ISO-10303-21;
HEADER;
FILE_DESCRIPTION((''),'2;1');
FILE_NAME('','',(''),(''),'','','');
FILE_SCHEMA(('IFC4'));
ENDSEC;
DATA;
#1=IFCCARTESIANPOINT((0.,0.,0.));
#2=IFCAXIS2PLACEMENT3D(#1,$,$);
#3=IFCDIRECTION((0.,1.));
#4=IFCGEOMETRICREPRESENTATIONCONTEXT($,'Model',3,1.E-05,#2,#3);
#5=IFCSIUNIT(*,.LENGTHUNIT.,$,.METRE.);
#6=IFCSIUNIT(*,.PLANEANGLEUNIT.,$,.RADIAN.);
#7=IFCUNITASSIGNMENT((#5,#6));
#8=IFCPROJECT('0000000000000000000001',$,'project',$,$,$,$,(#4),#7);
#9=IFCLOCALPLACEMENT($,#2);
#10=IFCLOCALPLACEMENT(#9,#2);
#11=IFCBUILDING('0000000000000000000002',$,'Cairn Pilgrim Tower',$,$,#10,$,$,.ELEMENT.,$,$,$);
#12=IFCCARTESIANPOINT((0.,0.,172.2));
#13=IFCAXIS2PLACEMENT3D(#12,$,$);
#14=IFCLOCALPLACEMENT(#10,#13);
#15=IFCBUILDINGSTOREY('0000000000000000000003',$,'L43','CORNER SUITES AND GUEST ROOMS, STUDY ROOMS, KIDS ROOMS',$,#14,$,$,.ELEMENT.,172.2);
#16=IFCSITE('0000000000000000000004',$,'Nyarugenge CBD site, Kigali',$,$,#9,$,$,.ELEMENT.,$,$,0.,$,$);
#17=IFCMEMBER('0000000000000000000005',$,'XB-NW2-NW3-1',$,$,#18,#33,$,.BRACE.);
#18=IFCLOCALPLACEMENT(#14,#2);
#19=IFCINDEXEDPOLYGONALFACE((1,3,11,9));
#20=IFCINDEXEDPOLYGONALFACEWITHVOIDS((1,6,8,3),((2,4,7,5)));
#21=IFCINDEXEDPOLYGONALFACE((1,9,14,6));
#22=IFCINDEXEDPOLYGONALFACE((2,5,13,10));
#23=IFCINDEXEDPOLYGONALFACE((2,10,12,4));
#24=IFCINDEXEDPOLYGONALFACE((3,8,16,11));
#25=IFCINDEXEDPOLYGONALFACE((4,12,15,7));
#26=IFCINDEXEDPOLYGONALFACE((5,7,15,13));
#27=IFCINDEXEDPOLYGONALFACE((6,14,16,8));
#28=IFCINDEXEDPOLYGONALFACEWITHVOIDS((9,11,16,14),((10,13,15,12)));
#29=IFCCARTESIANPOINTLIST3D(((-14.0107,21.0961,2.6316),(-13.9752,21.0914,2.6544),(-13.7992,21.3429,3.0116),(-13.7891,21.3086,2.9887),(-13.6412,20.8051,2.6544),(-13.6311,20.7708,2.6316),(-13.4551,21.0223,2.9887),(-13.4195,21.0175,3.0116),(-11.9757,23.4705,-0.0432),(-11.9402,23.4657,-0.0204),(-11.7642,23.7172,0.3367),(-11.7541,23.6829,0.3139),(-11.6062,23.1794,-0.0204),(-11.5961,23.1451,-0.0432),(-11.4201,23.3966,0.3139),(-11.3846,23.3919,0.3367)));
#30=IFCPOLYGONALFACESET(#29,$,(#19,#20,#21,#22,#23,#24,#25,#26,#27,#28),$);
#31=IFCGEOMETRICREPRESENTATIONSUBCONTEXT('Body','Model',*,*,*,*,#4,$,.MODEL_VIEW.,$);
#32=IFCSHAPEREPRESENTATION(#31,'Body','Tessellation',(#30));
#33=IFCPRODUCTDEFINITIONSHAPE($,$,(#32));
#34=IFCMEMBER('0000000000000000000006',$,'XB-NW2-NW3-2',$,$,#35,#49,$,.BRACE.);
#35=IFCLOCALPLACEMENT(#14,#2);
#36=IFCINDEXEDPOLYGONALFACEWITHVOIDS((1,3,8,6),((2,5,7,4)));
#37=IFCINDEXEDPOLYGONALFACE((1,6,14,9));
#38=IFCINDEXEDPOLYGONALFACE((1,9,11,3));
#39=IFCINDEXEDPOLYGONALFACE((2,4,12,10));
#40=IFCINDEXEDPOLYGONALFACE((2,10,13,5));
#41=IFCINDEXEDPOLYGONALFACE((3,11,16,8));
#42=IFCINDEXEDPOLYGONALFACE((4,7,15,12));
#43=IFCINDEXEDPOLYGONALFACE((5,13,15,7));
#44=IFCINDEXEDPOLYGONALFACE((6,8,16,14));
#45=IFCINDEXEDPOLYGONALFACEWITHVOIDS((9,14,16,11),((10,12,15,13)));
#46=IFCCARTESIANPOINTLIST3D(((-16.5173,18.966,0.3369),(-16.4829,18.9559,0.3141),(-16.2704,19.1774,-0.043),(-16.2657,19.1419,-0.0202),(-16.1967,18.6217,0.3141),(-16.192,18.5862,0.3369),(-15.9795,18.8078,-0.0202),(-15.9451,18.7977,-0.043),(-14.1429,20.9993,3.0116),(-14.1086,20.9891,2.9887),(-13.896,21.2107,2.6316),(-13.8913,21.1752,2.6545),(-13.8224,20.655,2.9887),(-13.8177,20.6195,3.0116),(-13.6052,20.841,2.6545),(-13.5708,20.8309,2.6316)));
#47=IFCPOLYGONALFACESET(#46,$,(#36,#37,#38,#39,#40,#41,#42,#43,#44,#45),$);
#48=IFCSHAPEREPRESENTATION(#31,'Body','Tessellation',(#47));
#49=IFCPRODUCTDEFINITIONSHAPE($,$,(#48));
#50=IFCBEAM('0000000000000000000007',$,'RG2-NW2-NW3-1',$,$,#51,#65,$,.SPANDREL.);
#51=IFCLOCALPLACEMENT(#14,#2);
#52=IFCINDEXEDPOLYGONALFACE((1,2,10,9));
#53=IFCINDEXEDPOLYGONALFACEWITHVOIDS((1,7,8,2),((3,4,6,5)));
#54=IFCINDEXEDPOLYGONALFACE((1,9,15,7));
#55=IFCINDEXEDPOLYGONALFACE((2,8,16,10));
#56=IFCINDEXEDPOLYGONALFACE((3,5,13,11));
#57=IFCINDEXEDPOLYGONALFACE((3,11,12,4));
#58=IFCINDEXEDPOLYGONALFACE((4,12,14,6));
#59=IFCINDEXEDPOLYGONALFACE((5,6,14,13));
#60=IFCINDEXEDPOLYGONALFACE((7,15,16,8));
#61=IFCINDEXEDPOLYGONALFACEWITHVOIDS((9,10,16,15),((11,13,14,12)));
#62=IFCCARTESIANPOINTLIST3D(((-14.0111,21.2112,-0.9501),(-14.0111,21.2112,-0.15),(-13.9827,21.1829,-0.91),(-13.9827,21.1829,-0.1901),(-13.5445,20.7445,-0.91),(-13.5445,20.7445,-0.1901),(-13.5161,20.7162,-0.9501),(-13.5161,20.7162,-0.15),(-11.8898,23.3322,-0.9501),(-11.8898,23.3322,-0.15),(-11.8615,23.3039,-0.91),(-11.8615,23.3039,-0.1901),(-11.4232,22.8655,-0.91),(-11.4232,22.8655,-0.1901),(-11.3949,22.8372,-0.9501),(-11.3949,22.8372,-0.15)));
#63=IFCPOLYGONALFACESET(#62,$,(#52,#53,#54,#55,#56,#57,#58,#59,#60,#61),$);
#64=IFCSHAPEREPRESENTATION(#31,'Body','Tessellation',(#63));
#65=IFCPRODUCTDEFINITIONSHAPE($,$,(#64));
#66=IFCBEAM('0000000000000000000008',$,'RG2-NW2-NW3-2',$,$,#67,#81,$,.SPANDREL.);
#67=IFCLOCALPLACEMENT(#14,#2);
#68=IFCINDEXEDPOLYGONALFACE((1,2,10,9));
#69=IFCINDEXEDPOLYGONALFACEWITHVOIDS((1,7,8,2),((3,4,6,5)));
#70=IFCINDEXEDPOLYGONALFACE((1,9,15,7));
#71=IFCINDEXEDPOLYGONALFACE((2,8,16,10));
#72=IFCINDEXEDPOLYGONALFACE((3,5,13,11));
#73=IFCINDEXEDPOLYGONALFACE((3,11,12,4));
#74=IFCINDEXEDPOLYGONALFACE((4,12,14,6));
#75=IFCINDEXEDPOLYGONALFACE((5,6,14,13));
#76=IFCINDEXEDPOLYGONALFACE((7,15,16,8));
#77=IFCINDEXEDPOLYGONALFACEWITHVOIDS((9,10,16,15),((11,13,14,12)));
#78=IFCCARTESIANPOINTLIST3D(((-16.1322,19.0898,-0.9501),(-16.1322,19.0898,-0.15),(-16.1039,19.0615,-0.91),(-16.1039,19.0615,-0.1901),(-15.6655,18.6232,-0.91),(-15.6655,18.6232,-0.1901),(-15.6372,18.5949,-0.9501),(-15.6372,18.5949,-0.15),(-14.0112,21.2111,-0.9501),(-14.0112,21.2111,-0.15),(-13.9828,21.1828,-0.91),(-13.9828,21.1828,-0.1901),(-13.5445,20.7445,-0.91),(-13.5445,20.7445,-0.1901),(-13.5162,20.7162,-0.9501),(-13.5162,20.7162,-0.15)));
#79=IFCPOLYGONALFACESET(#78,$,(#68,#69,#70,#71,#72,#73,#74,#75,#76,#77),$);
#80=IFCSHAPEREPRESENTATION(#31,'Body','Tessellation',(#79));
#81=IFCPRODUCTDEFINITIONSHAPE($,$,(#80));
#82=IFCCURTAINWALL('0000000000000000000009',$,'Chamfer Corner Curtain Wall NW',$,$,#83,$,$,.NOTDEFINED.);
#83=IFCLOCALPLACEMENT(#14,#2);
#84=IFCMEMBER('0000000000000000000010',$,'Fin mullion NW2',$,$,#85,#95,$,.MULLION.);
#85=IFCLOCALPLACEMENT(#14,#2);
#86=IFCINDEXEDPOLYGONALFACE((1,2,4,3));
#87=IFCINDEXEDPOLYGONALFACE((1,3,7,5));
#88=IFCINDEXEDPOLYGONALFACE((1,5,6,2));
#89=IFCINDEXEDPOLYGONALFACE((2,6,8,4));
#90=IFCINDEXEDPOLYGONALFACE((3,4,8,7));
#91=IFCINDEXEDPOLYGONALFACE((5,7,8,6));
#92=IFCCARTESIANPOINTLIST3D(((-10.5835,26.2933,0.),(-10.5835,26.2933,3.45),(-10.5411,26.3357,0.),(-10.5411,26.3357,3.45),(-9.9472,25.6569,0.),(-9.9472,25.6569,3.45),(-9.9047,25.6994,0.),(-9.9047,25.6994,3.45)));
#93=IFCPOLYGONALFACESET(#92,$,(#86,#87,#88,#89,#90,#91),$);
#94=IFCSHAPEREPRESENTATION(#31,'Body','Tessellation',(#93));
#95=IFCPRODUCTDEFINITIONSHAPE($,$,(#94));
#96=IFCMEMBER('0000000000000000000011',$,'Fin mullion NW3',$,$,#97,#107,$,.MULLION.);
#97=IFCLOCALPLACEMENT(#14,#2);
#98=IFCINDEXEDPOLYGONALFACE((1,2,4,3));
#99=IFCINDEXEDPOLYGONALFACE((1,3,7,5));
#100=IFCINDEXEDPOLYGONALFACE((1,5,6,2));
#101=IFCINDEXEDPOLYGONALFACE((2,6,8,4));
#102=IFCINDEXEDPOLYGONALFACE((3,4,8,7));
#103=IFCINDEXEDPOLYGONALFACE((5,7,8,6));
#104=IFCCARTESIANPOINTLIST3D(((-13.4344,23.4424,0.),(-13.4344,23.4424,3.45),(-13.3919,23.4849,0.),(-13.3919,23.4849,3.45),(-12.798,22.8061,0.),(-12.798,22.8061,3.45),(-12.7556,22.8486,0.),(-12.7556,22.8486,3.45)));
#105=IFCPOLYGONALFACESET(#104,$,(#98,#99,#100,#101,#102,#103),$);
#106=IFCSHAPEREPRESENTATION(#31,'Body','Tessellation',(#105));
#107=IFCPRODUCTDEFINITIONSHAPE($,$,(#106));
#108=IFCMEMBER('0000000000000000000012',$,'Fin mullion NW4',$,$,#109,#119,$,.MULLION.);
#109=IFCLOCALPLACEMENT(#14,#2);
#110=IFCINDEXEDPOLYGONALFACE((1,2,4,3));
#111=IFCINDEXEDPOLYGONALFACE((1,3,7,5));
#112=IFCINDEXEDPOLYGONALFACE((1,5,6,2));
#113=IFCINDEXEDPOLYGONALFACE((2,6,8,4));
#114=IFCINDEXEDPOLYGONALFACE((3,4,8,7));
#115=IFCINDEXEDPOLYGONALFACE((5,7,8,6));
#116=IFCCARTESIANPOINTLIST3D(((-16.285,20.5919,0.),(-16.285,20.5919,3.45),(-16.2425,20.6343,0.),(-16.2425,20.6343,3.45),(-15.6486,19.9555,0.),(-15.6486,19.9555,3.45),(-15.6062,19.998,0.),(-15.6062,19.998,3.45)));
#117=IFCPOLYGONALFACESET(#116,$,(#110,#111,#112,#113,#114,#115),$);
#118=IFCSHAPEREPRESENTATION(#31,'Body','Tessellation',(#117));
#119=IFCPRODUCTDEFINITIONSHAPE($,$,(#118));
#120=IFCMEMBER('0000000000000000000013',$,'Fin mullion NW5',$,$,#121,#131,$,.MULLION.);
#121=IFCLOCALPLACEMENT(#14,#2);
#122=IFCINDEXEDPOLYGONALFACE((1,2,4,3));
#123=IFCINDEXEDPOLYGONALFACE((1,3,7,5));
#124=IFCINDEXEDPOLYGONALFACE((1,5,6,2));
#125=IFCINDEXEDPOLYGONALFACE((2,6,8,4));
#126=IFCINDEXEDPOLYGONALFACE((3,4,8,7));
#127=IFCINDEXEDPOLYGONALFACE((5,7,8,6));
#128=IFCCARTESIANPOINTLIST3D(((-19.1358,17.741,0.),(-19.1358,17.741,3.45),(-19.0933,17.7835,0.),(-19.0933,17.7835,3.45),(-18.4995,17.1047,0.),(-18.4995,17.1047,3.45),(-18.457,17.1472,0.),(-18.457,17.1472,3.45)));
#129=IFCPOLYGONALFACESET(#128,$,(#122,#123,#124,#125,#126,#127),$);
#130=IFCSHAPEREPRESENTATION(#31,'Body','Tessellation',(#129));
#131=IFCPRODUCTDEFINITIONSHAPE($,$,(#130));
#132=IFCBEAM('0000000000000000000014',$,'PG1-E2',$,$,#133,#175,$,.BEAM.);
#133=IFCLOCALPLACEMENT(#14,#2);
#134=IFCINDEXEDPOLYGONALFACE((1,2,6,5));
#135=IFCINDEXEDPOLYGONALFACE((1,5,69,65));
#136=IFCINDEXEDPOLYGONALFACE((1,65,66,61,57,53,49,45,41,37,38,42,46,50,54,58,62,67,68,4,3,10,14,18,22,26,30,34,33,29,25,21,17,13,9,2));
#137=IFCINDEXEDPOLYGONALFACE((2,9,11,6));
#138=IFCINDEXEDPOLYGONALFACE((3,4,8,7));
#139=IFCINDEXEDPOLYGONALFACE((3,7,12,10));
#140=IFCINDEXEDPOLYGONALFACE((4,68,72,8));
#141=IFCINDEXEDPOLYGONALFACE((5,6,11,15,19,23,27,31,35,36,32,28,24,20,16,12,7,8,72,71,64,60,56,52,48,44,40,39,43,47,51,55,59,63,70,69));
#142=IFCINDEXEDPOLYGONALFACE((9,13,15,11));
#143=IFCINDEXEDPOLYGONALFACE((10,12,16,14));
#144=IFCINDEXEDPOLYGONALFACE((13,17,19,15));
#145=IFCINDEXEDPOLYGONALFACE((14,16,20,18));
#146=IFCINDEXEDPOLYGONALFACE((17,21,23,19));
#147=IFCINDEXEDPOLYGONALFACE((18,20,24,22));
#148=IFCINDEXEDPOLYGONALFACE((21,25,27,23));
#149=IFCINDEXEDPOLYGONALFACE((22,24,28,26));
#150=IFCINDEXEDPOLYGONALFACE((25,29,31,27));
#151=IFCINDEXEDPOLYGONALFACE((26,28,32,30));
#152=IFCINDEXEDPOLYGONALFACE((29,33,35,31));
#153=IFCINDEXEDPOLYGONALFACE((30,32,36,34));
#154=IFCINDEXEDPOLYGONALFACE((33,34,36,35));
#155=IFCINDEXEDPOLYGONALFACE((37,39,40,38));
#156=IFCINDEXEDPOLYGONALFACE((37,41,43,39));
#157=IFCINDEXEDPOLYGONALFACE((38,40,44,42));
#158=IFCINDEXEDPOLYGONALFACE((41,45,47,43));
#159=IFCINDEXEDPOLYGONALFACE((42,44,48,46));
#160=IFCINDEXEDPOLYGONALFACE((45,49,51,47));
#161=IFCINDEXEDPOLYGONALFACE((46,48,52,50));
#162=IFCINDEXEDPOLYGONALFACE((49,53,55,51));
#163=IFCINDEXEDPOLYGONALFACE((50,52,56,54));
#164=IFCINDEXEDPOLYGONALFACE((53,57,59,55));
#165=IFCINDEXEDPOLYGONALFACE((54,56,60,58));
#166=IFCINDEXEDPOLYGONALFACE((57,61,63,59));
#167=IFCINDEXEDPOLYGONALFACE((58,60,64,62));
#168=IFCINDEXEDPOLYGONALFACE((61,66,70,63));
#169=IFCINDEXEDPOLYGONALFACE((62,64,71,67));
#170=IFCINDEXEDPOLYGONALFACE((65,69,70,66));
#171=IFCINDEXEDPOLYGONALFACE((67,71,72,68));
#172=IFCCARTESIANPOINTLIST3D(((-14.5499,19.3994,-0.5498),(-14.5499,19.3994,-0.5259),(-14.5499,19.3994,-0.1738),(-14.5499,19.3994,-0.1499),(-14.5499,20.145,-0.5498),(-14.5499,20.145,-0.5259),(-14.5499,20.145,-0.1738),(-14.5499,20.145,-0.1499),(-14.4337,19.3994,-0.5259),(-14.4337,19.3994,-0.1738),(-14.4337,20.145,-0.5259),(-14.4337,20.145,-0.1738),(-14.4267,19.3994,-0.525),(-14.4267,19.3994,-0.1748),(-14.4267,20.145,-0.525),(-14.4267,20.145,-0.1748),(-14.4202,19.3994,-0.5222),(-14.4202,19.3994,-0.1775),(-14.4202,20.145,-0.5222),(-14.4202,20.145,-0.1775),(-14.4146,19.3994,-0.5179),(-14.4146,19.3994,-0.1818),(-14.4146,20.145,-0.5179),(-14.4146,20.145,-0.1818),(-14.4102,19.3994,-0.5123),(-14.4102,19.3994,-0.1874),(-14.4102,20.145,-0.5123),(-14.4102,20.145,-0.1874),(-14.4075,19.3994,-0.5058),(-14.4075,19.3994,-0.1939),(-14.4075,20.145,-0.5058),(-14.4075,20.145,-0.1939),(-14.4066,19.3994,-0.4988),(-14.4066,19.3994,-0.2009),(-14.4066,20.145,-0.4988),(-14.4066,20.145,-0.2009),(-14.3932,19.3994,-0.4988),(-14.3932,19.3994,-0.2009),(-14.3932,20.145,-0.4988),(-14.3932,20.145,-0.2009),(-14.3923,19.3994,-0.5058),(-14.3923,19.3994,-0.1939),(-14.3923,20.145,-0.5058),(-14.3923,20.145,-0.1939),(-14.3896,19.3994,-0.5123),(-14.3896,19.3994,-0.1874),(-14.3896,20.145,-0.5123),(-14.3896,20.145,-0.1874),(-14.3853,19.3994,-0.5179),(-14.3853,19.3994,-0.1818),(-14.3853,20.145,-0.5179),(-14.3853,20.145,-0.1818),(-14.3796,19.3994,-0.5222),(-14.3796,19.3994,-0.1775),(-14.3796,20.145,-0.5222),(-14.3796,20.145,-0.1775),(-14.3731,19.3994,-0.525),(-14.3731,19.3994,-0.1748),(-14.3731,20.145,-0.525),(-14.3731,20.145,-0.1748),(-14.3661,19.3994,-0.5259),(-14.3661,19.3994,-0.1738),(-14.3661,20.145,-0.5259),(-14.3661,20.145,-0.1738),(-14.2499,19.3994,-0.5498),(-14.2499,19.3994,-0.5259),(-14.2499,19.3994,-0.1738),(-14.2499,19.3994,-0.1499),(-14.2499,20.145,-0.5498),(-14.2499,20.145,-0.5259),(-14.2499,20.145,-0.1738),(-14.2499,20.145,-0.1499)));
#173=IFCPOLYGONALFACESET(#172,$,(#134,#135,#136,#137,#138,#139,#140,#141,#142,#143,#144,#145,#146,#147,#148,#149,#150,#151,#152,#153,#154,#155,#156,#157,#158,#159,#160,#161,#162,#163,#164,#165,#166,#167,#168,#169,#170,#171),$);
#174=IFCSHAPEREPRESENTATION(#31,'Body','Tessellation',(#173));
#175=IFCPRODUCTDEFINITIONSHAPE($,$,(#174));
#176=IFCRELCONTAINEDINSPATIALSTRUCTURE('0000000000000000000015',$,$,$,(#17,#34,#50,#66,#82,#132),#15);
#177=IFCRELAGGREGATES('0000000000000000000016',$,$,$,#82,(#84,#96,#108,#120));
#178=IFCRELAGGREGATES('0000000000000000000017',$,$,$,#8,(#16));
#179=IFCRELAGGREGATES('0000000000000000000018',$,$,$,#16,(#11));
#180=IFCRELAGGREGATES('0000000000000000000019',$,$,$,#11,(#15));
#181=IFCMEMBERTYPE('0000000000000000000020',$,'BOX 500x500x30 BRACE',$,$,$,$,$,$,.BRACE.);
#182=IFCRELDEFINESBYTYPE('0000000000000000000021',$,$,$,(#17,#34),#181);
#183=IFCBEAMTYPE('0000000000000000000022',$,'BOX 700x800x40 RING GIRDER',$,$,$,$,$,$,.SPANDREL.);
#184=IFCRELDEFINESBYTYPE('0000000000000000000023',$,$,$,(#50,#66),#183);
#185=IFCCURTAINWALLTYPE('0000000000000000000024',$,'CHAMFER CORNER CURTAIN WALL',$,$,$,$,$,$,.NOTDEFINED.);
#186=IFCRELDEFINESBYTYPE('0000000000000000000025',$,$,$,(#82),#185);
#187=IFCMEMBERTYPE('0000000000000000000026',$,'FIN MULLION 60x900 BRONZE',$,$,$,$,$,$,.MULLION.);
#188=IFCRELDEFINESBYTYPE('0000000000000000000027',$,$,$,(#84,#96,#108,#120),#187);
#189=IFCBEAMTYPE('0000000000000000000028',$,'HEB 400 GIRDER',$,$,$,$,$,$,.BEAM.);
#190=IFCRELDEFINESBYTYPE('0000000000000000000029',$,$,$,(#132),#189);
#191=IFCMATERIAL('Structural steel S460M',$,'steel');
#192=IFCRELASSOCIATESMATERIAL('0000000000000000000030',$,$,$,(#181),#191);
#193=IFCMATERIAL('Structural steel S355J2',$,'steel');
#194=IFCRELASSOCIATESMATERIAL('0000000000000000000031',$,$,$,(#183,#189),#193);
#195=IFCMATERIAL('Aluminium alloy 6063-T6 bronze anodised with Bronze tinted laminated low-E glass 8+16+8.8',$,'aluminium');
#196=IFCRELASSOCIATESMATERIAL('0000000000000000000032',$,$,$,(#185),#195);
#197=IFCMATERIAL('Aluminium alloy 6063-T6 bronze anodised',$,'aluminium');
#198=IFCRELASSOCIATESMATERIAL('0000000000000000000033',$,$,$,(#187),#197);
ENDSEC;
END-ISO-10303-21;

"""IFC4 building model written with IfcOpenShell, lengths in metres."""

from ifc_helpers import new_model, si_unit, direction, frame, origin, origin_2d, place, context, subcontext, project, spatial, rectangle, hollow_rectangle, i_section, extrude, material, material_profile, profile_set, type_object, element, aggregate, save


model = new_model("IFC4")

# Units and contexts
model_context = context("Model", 3, precision=1e-05, world=origin(), true_north=direction((0.0, 1.0)))
body_context = subcontext(model_context, "Body", "Model", "MODEL_VIEW")
ifc_project = project(units=[si_unit("LENGTHUNIT", "METRE"), si_unit("PLANEANGLEUNIT", "RADIAN")], contexts=[model_context])

# Site, building, storey
site_placement = place(None, origin())
site = spatial("IfcSite", under=ifc_project, at=site_placement, Name="Nyarugenge CBD site, Kigali", CompositionType="ELEMENT", RefElevation=0.0)
building_placement = place(site_placement, origin())
building = spatial("IfcBuilding", under=site, at=building_placement, Name="Cairn Pilgrim Tower", CompositionType="ELEMENT")
storey_placement = place(building_placement, frame((0.0, 0.0, 172.2)))
storey = spatial("IfcBuildingStorey", under=building, at=storey_placement, Name="L43", Description="CORNER SUITES AND GUEST ROOMS, STUDY ROOMS, KIDS ROOMS", CompositionType="ELEMENT", Elevation=172.2)

# Shared definitions
ifc_material_1 = material(Name="Structural steel S460M", Category="steel")

# Members
ifc_material_profile_1 = material_profile(ifc_material_1, hollow_rectangle(XDim=0.5, YDim=0.5, WallThickness=0.03, at=origin_2d()), Name="BOX 500x500x30")
ifc_profile_set_1 = profile_set([ifc_material_profile_1], Name="Structural steel S460M")
member_type_1 = type_object("IfcMemberType", Name="BOX 500x500x30 BRACE", PredefinedType="BRACE", material=ifc_profile_set_1)
member_1_placement = place(storey_placement, frame((-11.6802, 23.4312, 0.1467), z_axis=(-0.49452, -0.57699, 0.650025), x_axis=(0.759284, -0.650759, 0.0)))
element("IfcMember", 1, at=member_1_placement, inside=storey, type_object=member_type_1, Name="XB-NW2-NW3-1", PredefinedType="BRACE", context=body_context, shape_type="SweptSolid", body=[
    extrude(hollow_rectangle(XDim=0.5, YDim=0.5, WallThickness=0.03, at=origin_2d()), origin(), (0.0, 0.0, 1.0), 4.115),
])
member_2_placement = place(storey_placement, frame((-16.2312, 18.8818, 0.147), z_axis=(0.57713, 0.494225, 0.650125), x_axis=(-0.650444, 0.759554, 0.0)))
element("IfcMember", 2, at=member_2_placement, inside=storey, type_object=member_type_1, Name="XB-NW2-NW3-2", PredefinedType="BRACE", context=body_context, shape_type="SweptSolid", body=[
    extrude(hollow_rectangle(XDim=0.5, YDim=0.5, WallThickness=0.03, at=origin_2d()), origin(), (0.0, 0.0, 1.0), 4.114),
])

# Beams
ifc_material_2 = material(Name="Structural steel S355J2", Category="steel")
ifc_material_profile_2 = material_profile(ifc_material_2, hollow_rectangle(XDim=0.7, YDim=0.8, WallThickness=0.04, at=origin_2d()), Name="BOX 700x800x40")
ifc_profile_set_2 = profile_set([ifc_material_profile_2], Name="Structural steel S355J2")
beam_type_1 = type_object("IfcBeamType", Name="BOX 700x800x40 RING GIRDER", PredefinedType="SPANDREL", material=ifc_profile_set_2)
for number, where, z_axis, x_axis, name in (
    (3, (-11.6423, 23.0847, -0.55), (-0.707147, -0.707066, 0.0), (0.707066, -0.707147, 0.0), "RG2-NW2-NW3-1"),
    (4, (-13.7637, 20.9636, -0.55), (-0.707066, -0.707147, 0.0), (0.707147, -0.707066, 0.0), "RG2-NW2-NW3-2"),
):
    element("IfcBeam", number, at=place(storey_placement, frame(where, z_axis=z_axis, x_axis=x_axis)), inside=storey, type_object=beam_type_1, Name=name, PredefinedType="SPANDREL", context=body_context, shape_type="SweptSolid", body=[
        extrude(hollow_rectangle(XDim=0.7, YDim=0.8, WallThickness=0.04, at=origin_2d()), origin(), (0.0, 0.0, 1.0), 2.9998),
    ])

# Curtain wall, members
ifc_material_3 = material(Name="Aluminium alloy 6063-T6 bronze anodised with Bronze tinted laminated low-E glass 8+16+8.8", Category="aluminium")
curtain_wall_type = type_object("IfcCurtainWallType", Name="CHAMFER CORNER CURTAIN WALL", PredefinedType="NOTDEFINED", material=ifc_material_3)
curtain_wall_placement = place(storey_placement, origin())
curtain_wall = element("IfcCurtainWall", 5, at=curtain_wall_placement, inside=storey, type_object=curtain_wall_type, Name="Chamfer Corner Curtain Wall NW", PredefinedType="NOTDEFINED")
ifc_material_4 = material(Name="Aluminium alloy 6063-T6 bronze anodised", Category="aluminium")
ifc_material_profile_3 = material_profile(ifc_material_4, rectangle(XDim=0.8999, YDim=0.0601, at=origin_2d()), Name="FIN MULLION 60x900 BRONZE")
ifc_profile_set_3 = profile_set([ifc_material_profile_3], Name="Aluminium alloy 6063-T6 bronze anodised")
member_type_2 = type_object("IfcMemberType", Name="FIN MULLION 60x900 BRONZE", PredefinedType="MULLION", material=ifc_profile_set_3)
member_3_placement = place(storey_placement, frame((-10.2441, 25.9963, 0.0), z_axis=(0.0, 0.0, 1.0), x_axis=(-0.707107, 0.707107, 0.0)))
member_3 = element("IfcMember", 6, at=member_3_placement, type_object=member_type_2, Name="Fin mullion NW2", PredefinedType="MULLION", context=body_context, shape_type="SweptSolid", body=[
    extrude(rectangle(XDim=0.8999, YDim=0.0601, at=origin_2d()), origin(), (0.0, 0.0, 1.0), 3.45),
])
member_4_placement = place(storey_placement, frame((-13.095, 23.1455, 0.0), z_axis=(0.0, 0.0, 1.0), x_axis=(-0.707107, 0.707107, 0.0)))
member_4 = element("IfcMember", 7, at=member_4_placement, type_object=member_type_2, Name="Fin mullion NW3", PredefinedType="MULLION", context=body_context, shape_type="SweptSolid", body=[
    extrude(rectangle(XDim=0.8999, YDim=0.0601, at=origin_2d()), origin(), (0.0, 0.0, 1.0), 3.45),
])
member_5_placement = place(storey_placement, frame((-15.9456, 20.2949, 0.0), z_axis=(0.0, 0.0, 1.0), x_axis=(-0.707107, 0.707107, 0.0)))
member_5 = element("IfcMember", 8, at=member_5_placement, type_object=member_type_2, Name="Fin mullion NW4", PredefinedType="MULLION", context=body_context, shape_type="SweptSolid", body=[
    extrude(rectangle(XDim=0.8999, YDim=0.0601, at=origin_2d()), origin(), (0.0, 0.0, 1.0), 3.45),
])
member_6_placement = place(storey_placement, frame((-18.7964, 17.4441, 0.0), z_axis=(0.0, 0.0, 1.0), x_axis=(-0.707107, 0.707107, 0.0)))
member_6 = element("IfcMember", 9, at=member_6_placement, type_object=member_type_2, Name="Fin mullion NW5", PredefinedType="MULLION", context=body_context, shape_type="SweptSolid", body=[
    extrude(rectangle(XDim=0.8999, YDim=0.0601, at=origin_2d()), origin(), (0.0, 0.0, 1.0), 3.45),
])

# Beam
ifc_material_profile_4 = material_profile(ifc_material_2, i_section(OverallWidth=0.3, OverallDepth=0.3999, WebThickness=0.0134, FlangeThickness=0.0239, FilletRadius=0.0271, at=origin_2d()), Name="HEB 400")
ifc_profile_set_4 = profile_set([ifc_material_profile_4], Name="Structural steel S355J2")
beam_type_2 = type_object("IfcBeamType", Name="HEB 400 GIRDER", PredefinedType="BEAM", material=ifc_profile_set_4)
beam_1_placement = place(storey_placement, frame((-14.3999, 19.3994, -0.3499), z_axis=(0.0, 1.0, 0.0), x_axis=(-1.0, 0.0, 0.0)))
element("IfcBeam", 10, at=beam_1_placement, inside=storey, type_object=beam_type_2, Name="PG1-E2", PredefinedType="BEAM", context=body_context, shape_type="SweptSolid", body=[
    extrude(i_section(OverallWidth=0.3, OverallDepth=0.3999, WebThickness=0.0134, FlangeThickness=0.0239, FilletRadius=0.0271, at=origin_2d()), origin(), (0.0, 0.0, 1.0), 0.7456),
])

aggregate(curtain_wall, [member_3, member_4, member_5, member_6])

save(model, "model.ifc")
